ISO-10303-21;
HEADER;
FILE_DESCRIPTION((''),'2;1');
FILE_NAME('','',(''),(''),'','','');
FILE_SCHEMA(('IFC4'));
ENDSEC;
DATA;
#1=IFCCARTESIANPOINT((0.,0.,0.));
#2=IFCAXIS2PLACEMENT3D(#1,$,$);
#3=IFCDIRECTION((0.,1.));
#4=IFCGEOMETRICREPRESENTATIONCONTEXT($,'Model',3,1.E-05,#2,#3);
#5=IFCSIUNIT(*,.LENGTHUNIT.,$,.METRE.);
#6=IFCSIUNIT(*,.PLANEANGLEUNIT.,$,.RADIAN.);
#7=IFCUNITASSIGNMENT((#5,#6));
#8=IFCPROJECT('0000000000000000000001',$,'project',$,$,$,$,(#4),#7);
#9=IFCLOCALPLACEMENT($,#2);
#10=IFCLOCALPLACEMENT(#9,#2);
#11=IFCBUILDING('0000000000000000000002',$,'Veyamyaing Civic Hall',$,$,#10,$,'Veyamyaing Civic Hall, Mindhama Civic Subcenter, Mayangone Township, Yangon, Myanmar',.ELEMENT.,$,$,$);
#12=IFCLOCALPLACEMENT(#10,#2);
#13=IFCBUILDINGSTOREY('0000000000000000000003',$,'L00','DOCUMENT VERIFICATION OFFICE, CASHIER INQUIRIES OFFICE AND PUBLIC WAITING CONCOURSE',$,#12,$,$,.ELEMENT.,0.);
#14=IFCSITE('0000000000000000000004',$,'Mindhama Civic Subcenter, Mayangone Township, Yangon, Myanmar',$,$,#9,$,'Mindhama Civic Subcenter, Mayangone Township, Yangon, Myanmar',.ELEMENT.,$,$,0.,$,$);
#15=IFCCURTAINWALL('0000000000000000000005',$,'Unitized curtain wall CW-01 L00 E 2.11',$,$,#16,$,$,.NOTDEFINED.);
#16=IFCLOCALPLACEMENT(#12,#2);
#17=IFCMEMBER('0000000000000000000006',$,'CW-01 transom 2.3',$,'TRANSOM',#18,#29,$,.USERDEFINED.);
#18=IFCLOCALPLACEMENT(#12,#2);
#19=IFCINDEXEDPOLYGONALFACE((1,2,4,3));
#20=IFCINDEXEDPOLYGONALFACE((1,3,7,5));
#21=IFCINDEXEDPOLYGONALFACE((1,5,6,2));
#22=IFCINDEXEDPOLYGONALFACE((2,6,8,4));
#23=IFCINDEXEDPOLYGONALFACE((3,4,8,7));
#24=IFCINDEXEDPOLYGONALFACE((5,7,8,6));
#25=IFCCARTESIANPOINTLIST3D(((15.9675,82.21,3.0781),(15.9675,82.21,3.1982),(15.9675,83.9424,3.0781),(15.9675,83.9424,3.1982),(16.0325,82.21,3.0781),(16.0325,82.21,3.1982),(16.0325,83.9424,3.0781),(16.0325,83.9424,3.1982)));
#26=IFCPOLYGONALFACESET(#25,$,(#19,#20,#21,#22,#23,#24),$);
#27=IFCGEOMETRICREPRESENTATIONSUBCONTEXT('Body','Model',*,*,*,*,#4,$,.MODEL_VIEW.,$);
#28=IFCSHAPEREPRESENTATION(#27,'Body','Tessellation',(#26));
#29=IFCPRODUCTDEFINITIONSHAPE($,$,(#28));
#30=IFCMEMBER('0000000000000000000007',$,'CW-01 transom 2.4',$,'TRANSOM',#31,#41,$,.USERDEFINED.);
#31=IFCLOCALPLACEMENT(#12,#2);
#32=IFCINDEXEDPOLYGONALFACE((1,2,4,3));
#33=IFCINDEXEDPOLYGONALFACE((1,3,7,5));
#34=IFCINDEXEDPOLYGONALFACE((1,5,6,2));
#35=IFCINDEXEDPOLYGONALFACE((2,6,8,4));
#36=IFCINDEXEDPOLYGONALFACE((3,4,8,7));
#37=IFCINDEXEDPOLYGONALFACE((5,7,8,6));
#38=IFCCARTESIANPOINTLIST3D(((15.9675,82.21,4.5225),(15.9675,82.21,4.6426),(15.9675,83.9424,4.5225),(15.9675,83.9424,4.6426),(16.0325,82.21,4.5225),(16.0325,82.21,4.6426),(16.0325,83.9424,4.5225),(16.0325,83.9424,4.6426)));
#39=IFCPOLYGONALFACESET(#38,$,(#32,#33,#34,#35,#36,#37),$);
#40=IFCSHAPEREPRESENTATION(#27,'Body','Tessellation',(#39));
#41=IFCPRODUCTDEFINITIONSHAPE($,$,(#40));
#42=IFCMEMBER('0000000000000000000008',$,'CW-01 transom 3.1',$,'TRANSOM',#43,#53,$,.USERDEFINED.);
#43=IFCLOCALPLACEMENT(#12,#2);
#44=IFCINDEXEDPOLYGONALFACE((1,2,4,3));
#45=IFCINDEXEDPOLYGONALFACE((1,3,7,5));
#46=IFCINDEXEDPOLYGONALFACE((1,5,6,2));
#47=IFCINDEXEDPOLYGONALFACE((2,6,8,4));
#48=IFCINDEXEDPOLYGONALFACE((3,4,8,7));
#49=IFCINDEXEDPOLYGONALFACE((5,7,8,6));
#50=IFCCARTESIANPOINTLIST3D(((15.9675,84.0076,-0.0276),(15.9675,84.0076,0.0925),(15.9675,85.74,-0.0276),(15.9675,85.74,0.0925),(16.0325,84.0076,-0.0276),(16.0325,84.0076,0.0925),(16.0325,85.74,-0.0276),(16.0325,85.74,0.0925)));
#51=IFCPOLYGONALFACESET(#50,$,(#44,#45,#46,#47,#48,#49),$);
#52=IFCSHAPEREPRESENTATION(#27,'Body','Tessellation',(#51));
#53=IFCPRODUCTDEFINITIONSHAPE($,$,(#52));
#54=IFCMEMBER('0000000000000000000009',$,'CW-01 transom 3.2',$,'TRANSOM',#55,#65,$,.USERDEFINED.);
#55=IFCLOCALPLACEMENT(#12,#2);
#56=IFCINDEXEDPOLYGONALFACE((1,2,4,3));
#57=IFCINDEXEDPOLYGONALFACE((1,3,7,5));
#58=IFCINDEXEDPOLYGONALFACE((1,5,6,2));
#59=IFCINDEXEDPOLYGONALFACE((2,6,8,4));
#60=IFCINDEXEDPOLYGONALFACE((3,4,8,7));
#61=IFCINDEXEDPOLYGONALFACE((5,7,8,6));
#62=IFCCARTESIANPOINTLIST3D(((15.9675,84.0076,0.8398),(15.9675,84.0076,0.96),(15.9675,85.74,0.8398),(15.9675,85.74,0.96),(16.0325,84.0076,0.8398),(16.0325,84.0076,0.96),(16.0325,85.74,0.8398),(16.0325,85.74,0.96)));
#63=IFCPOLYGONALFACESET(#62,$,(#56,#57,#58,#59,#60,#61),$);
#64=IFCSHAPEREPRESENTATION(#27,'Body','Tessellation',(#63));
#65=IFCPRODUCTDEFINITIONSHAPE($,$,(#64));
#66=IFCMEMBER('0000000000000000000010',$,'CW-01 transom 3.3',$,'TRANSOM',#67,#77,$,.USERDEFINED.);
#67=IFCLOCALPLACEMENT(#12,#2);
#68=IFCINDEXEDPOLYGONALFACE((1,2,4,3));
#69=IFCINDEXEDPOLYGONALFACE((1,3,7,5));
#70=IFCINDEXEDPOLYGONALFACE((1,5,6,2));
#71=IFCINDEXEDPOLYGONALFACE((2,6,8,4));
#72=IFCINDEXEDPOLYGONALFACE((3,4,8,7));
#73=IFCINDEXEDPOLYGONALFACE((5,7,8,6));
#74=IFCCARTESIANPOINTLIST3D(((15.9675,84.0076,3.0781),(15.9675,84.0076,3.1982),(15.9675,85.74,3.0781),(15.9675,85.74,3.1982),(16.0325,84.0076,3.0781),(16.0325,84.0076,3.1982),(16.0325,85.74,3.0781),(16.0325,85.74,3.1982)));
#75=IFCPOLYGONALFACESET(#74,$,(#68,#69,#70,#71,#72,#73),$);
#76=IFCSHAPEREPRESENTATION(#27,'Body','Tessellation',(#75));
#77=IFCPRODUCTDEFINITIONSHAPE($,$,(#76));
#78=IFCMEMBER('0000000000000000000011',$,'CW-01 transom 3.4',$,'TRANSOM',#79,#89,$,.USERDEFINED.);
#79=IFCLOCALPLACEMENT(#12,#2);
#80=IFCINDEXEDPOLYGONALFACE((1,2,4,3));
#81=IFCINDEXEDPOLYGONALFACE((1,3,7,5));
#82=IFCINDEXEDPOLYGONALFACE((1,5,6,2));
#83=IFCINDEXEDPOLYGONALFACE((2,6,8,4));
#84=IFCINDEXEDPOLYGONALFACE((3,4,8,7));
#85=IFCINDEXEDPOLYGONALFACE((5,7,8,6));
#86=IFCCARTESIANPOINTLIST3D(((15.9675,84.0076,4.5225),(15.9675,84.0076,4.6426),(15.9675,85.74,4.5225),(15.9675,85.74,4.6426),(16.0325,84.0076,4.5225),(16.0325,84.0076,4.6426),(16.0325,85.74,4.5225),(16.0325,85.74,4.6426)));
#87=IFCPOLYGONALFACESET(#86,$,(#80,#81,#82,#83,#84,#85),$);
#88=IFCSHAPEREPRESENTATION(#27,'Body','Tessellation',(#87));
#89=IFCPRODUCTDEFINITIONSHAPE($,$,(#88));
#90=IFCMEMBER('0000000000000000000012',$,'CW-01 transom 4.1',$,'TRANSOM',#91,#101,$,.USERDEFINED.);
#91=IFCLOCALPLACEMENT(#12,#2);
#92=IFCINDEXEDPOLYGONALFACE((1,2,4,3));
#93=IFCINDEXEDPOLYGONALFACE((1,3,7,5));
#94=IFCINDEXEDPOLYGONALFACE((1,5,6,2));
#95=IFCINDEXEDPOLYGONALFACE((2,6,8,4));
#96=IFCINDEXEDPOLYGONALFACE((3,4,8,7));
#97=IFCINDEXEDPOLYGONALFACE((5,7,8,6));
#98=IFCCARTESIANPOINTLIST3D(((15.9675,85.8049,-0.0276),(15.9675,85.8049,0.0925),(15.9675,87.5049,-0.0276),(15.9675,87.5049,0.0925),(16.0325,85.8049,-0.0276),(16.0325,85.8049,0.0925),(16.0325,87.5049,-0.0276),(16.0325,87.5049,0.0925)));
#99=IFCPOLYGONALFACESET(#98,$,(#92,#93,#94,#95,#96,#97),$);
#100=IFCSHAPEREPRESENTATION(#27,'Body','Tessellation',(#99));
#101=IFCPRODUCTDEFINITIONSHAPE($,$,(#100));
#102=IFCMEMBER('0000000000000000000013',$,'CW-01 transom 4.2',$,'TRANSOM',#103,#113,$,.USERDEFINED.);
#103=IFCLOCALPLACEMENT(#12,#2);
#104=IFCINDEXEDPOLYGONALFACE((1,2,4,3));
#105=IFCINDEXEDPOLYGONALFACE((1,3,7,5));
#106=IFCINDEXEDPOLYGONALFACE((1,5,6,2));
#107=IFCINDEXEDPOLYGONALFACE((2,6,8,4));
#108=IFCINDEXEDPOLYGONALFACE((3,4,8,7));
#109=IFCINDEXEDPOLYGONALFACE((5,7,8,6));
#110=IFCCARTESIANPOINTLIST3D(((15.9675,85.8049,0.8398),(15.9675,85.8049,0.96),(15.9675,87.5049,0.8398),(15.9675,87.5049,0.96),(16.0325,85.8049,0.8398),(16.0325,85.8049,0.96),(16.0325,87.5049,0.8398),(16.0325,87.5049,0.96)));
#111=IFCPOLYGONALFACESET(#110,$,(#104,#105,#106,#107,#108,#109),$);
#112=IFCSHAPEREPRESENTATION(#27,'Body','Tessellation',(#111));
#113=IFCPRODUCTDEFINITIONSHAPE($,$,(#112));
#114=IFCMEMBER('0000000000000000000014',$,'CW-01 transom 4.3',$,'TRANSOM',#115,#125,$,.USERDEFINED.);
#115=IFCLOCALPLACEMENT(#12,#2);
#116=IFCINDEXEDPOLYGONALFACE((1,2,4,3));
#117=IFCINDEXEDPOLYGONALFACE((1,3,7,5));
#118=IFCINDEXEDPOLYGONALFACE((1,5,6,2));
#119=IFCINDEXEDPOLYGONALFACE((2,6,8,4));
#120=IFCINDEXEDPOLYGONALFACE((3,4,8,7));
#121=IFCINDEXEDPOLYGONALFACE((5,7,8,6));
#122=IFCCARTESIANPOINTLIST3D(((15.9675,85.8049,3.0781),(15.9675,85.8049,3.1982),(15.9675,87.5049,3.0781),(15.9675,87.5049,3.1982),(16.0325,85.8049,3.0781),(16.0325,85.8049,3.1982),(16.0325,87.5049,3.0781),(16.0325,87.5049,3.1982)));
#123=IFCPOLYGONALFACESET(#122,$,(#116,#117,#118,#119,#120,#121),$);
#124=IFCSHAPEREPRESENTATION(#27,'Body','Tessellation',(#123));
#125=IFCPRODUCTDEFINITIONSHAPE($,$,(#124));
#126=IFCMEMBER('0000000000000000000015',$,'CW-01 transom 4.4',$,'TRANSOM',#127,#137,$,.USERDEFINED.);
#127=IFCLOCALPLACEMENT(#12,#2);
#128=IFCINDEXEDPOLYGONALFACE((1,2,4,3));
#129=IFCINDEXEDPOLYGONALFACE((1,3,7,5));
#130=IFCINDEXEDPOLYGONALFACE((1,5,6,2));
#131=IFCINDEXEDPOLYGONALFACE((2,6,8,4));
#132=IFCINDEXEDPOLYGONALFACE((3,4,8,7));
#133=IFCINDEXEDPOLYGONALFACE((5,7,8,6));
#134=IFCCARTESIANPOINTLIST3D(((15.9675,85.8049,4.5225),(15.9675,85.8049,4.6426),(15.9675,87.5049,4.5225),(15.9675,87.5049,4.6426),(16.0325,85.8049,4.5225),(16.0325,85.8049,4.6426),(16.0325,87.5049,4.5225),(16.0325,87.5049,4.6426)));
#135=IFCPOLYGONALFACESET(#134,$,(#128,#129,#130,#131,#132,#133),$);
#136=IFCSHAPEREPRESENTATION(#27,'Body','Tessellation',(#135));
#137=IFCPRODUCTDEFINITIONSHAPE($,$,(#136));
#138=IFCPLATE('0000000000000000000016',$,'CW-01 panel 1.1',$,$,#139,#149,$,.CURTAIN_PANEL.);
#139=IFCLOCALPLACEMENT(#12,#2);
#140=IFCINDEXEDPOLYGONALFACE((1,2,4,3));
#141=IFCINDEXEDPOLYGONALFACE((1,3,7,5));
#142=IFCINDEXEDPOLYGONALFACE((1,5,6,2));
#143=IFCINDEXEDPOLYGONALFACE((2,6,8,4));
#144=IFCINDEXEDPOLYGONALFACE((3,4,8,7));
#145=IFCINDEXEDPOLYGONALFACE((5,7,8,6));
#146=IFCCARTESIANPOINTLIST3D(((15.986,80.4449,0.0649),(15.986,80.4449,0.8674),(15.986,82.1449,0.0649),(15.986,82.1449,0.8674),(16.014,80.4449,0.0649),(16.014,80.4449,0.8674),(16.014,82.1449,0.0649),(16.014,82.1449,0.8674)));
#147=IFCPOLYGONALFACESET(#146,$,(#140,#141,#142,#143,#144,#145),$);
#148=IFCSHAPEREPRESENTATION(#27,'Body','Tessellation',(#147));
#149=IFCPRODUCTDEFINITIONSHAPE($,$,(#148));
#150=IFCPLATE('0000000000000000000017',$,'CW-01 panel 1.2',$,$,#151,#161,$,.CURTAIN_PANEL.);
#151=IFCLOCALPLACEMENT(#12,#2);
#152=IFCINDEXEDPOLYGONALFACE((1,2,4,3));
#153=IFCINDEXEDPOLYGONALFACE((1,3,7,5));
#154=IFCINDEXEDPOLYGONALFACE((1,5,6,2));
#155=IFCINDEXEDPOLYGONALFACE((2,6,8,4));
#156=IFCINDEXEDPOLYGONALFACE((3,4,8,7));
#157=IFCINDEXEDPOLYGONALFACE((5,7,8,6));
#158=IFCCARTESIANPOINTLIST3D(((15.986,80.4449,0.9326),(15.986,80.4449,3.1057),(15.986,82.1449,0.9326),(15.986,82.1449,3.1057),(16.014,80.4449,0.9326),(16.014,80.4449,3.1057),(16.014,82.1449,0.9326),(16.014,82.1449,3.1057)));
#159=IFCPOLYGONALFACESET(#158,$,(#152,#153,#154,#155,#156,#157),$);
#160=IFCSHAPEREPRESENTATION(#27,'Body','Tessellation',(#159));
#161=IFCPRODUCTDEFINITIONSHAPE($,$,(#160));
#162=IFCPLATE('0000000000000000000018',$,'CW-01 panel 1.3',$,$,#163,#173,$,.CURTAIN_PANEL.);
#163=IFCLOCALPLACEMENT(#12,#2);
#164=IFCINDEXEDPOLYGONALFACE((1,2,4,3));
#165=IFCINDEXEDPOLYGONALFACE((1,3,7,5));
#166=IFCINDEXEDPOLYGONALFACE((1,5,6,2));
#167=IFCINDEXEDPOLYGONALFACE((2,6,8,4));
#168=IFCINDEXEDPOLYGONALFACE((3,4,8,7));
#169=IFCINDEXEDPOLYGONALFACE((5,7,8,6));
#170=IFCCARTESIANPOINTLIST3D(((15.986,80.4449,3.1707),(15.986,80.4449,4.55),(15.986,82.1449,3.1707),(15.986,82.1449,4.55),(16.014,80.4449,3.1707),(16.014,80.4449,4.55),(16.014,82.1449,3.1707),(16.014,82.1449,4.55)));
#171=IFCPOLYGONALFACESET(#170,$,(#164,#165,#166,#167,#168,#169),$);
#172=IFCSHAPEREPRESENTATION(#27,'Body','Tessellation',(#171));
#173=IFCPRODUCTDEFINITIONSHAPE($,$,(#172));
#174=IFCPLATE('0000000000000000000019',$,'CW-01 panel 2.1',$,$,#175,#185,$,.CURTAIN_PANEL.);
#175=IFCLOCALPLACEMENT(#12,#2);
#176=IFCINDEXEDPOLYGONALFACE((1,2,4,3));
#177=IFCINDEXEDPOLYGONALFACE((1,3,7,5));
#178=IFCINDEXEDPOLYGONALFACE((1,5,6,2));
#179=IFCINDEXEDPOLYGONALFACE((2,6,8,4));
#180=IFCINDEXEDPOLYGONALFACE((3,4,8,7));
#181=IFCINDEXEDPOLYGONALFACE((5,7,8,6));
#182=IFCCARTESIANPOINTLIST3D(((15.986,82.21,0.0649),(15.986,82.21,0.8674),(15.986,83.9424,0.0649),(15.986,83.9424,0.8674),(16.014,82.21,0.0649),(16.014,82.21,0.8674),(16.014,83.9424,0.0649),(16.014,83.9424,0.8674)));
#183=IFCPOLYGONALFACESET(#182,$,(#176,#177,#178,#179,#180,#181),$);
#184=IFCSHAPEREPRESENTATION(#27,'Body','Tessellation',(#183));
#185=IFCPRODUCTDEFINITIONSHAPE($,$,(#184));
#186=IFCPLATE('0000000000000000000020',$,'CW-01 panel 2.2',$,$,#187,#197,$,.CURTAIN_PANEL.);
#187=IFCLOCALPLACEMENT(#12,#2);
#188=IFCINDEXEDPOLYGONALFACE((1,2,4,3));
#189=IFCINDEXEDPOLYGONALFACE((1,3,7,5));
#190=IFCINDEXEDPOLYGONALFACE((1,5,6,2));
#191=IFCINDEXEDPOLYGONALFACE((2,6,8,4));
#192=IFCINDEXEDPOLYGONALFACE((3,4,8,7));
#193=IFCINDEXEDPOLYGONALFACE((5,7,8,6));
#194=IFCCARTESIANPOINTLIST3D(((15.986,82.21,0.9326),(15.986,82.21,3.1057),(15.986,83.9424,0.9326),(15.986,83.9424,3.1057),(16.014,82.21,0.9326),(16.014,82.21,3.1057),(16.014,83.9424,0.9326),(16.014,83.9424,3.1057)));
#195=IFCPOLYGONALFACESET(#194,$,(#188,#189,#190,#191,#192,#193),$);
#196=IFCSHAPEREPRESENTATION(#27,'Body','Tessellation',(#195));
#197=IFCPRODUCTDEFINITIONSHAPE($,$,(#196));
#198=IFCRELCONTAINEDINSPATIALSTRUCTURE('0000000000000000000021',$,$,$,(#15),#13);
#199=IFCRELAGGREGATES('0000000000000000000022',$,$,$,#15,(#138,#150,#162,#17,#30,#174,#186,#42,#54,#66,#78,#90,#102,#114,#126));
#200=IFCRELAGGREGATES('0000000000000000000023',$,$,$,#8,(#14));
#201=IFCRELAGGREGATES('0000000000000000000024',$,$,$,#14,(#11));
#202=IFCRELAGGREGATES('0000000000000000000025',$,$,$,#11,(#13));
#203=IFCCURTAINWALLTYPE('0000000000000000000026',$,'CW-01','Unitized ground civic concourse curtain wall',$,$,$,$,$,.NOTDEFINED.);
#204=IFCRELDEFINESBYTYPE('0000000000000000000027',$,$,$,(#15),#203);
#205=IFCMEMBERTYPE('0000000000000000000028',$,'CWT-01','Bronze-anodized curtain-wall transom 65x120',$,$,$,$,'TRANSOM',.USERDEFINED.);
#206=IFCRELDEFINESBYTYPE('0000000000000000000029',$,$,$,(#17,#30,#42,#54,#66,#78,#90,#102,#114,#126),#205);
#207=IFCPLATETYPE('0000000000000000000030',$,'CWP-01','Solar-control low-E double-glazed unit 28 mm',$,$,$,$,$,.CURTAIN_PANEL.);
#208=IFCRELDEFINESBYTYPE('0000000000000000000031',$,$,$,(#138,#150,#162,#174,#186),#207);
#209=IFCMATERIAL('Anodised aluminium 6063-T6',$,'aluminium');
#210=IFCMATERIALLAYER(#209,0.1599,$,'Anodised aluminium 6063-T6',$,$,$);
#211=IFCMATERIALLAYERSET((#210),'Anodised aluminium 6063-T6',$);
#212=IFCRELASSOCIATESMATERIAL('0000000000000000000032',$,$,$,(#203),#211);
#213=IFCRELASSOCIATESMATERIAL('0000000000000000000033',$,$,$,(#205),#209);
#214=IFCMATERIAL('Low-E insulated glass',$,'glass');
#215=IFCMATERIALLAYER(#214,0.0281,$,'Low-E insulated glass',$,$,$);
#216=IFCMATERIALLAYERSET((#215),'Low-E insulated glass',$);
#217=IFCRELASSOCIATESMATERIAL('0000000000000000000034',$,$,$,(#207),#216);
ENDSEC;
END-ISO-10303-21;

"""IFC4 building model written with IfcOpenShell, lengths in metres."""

from ifc_helpers import new_model, si_unit, direction, frame, origin, origin_2d, place, context, subcontext, project, spatial, rectangle, extrude, material, layer, layer_set, material_profile, profile_set, type_object, element, aggregate, save


model = new_model("IFC4")

# Units and contexts
model_context = context("Model", 3, precision=1e-05, world=origin(), true_north=direction((0.0, 1.0)))
body_context = subcontext(model_context, "Body", "Model", "MODEL_VIEW")
ifc_project = project(units=[si_unit("LENGTHUNIT", "METRE"), si_unit("PLANEANGLEUNIT", "RADIAN")], contexts=[model_context])

# Site, building, storey
site_placement = place(None, origin())
site = spatial("IfcSite", under=ifc_project, at=site_placement, Name="Mindhama Civic Subcenter, Mayangone Township, Yangon, Myanmar", LongName="Mindhama Civic Subcenter, Mayangone Township, Yangon, Myanmar", CompositionType="ELEMENT", RefElevation=0.0)
building_placement = place(site_placement, origin())
building = spatial("IfcBuilding", under=site, at=building_placement, Name="Veyamyaing Civic Hall", LongName="Veyamyaing Civic Hall, Mindhama Civic Subcenter, Mayangone Township, Yangon, Myanmar", CompositionType="ELEMENT")
storey_placement = place(building_placement, origin())
storey = spatial("IfcBuildingStorey", under=building, at=storey_placement, Name="L00", Description="DOCUMENT VERIFICATION OFFICE, CASHIER INQUIRIES OFFICE AND PUBLIC WAITING CONCOURSE", CompositionType="ELEMENT", Elevation=0.0)

# Curtain wall, members, plates
ifc_material_1 = material(Name="Anodised aluminium 6063-T6", Category="aluminium")
ifc_layer_1 = layer(ifc_material_1, 0.1599, Name="Anodised aluminium 6063-T6")
ifc_layer_set_1 = layer_set([ifc_layer_1], Name="Anodised aluminium 6063-T6")
curtain_wall_type = type_object("IfcCurtainWallType", Name="CW-01", Description="Unitized ground civic concourse curtain wall", PredefinedType="NOTDEFINED", material=ifc_layer_set_1)
curtain_wall_placement = place(storey_placement, origin())
curtain_wall = element("IfcCurtainWall", 1, at=curtain_wall_placement, inside=storey, type_object=curtain_wall_type, Name="Unitized curtain wall CW-01 L00 E 2.11", PredefinedType="NOTDEFINED")
ifc_material_profile_1 = material_profile(ifc_material_1, rectangle(XDim=0.0649, YDim=0.1201, at=origin_2d()), Name="ALU-TRN-65X120")
ifc_profile_set_1 = profile_set([ifc_material_profile_1], Name="Anodised aluminium 6063-T6")
member_type_1 = type_object("IfcMemberType", Name="CWT-01", Description="Bronze-anodized curtain-wall transom 65x120", ElementType="TRANSOM", PredefinedType="USERDEFINED", material=ifc_profile_set_1)
member_1_placement = place(storey_placement, frame((16.0, 82.21, 3.1382), z_axis=(0.0, 1.0, 0.0), x_axis=(-1.0, 0.0, 0.0)))
member_1 = element("IfcMember", 2, at=member_1_placement, type_object=member_type_1, Name="CW-01 transom 2.3", ObjectType="TRANSOM", PredefinedType="USERDEFINED", context=body_context, shape_type="SweptSolid", body=[
    extrude(rectangle(XDim=0.0649, YDim=0.1201, at=origin_2d()), origin(), (0.0, 0.0, 1.0), 1.7324),
])
member_2_placement = place(storey_placement, frame((16.0, 82.21, 4.5825), z_axis=(0.0, 1.0, 0.0), x_axis=(-1.0, 0.0, 0.0)))
member_2 = element("IfcMember", 3, at=member_2_placement, type_object=member_type_1, Name="CW-01 transom 2.4", ObjectType="TRANSOM", PredefinedType="USERDEFINED", context=body_context, shape_type="SweptSolid", body=[
    extrude(rectangle(XDim=0.0649, YDim=0.1201, at=origin_2d()), origin(), (0.0, 0.0, 1.0), 1.7324),
])
member_3_placement = place(storey_placement, frame((16.0, 84.0076, 0.0325), z_axis=(0.0, 1.0, 0.0), x_axis=(-1.0, 0.0, 0.0)))
member_3 = element("IfcMember", 4, at=member_3_placement, type_object=member_type_1, Name="CW-01 transom 3.1", ObjectType="TRANSOM", PredefinedType="USERDEFINED", context=body_context, shape_type="SweptSolid", body=[
    extrude(rectangle(XDim=0.0649, YDim=0.1201, at=origin_2d()), origin(), (0.0, 0.0, 1.0), 1.7324),
])
member_4_placement = place(storey_placement, frame((16.0, 84.0076, 0.8999), z_axis=(0.0, 1.0, 0.0), x_axis=(-1.0, 0.0, 0.0)))
member_4 = element("IfcMember", 5, at=member_4_placement, type_object=member_type_1, Name="CW-01 transom 3.2", ObjectType="TRANSOM", PredefinedType="USERDEFINED", context=body_context, shape_type="SweptSolid", body=[
    extrude(rectangle(XDim=0.0649, YDim=0.1201, at=origin_2d()), origin(), (0.0, 0.0, 1.0), 1.7324),
])
member_5_placement = place(storey_placement, frame((16.0, 84.0076, 3.1382), z_axis=(0.0, 1.0, 0.0), x_axis=(-1.0, 0.0, 0.0)))
member_5 = element("IfcMember", 6, at=member_5_placement, type_object=member_type_1, Name="CW-01 transom 3.3", ObjectType="TRANSOM", PredefinedType="USERDEFINED", context=body_context, shape_type="SweptSolid", body=[
    extrude(rectangle(XDim=0.0649, YDim=0.1201, at=origin_2d()), origin(), (0.0, 0.0, 1.0), 1.7324),
])
member_6_placement = place(storey_placement, frame((16.0, 84.0076, 4.5825), z_axis=(0.0, 1.0, 0.0), x_axis=(-1.0, 0.0, 0.0)))
member_6 = element("IfcMember", 7, at=member_6_placement, type_object=member_type_1, Name="CW-01 transom 3.4", ObjectType="TRANSOM", PredefinedType="USERDEFINED", context=body_context, shape_type="SweptSolid", body=[
    extrude(rectangle(XDim=0.0649, YDim=0.1201, at=origin_2d()), origin(), (0.0, 0.0, 1.0), 1.7324),
])
member_7_placement = place(storey_placement, frame((16.0, 85.8049, 0.0325), z_axis=(0.0, 1.0, 0.0), x_axis=(-1.0, 0.0, 0.0)))
member_7 = element("IfcMember", 8, at=member_7_placement, type_object=member_type_1, Name="CW-01 transom 4.1", ObjectType="TRANSOM", PredefinedType="USERDEFINED", context=body_context, shape_type="SweptSolid", body=[
    extrude(rectangle(XDim=0.0649, YDim=0.1201, at=origin_2d()), origin(), (0.0, 0.0, 1.0), 1.7),
])
member_8_placement = place(storey_placement, frame((16.0, 85.8049, 0.8999), z_axis=(0.0, 1.0, 0.0), x_axis=(-1.0, 0.0, 0.0)))
member_8 = element("IfcMember", 9, at=member_8_placement, type_object=member_type_1, Name="CW-01 transom 4.2", ObjectType="TRANSOM", PredefinedType="USERDEFINED", context=body_context, shape_type="SweptSolid", body=[
    extrude(rectangle(XDim=0.0649, YDim=0.1201, at=origin_2d()), origin(), (0.0, 0.0, 1.0), 1.7),
])
member_9_placement = place(storey_placement, frame((16.0, 85.8049, 3.1382), z_axis=(0.0, 1.0, 0.0), x_axis=(-1.0, 0.0, 0.0)))
member_9 = element("IfcMember", 10, at=member_9_placement, type_object=member_type_1, Name="CW-01 transom 4.3", ObjectType="TRANSOM", PredefinedType="USERDEFINED", context=body_context, shape_type="SweptSolid", body=[
    extrude(rectangle(XDim=0.0649, YDim=0.1201, at=origin_2d()), origin(), (0.0, 0.0, 1.0), 1.7),
])
member_10_placement = place(storey_placement, frame((16.0, 85.8049, 4.5825), z_axis=(0.0, 1.0, 0.0), x_axis=(-1.0, 0.0, 0.0)))
member_10 = element("IfcMember", 11, at=member_10_placement, type_object=member_type_1, Name="CW-01 transom 4.4", ObjectType="TRANSOM", PredefinedType="USERDEFINED", context=body_context, shape_type="SweptSolid", body=[
    extrude(rectangle(XDim=0.0649, YDim=0.1201, at=origin_2d()), origin(), (0.0, 0.0, 1.0), 1.7),
])
ifc_material_2 = material(Name="Low-E insulated glass", Category="glass")
ifc_layer_2 = layer(ifc_material_2, 0.0281, Name="Low-E insulated glass")
ifc_layer_set_2 = layer_set([ifc_layer_2], Name="Low-E insulated glass")
plate_type = type_object("IfcPlateType", Name="CWP-01", Description="Solar-control low-E double-glazed unit 28 mm", PredefinedType="CURTAIN_PANEL", material=ifc_layer_set_2)
plate_1_placement = place(storey_placement, frame((16.0, 81.2949, 0.0649), z_axis=(0.0, 0.0, 1.0), x_axis=(0.0, 1.0, 0.0)))
plate_1 = element("IfcPlate", 12, at=plate_1_placement, type_object=plate_type, Name="CW-01 panel 1.1", PredefinedType="CURTAIN_PANEL", context=body_context, shape_type="SweptSolid", body=[
    extrude(rectangle(XDim=1.7, YDim=0.0281, at=origin_2d()), origin(), (0.0, 0.0, 1.0), 0.8025),
])
plate_2_placement = place(storey_placement, frame((16.0, 81.2949, 0.9326), z_axis=(0.0, 0.0, 1.0), x_axis=(0.0, 1.0, 0.0)))
plate_2 = element("IfcPlate", 13, at=plate_2_placement, type_object=plate_type, Name="CW-01 panel 1.2", PredefinedType="CURTAIN_PANEL", context=body_context, shape_type="SweptSolid", body=[
    extrude(rectangle(XDim=1.7, YDim=0.0281, at=origin_2d()), origin(), (0.0, 0.0, 1.0), 2.1731),
])
plate_3_placement = place(storey_placement, frame((16.0, 81.2949, 3.1707), z_axis=(0.0, 0.0, 1.0), x_axis=(0.0, 1.0, 0.0)))
plate_3 = element("IfcPlate", 14, at=plate_3_placement, type_object=plate_type, Name="CW-01 panel 1.3", PredefinedType="CURTAIN_PANEL", context=body_context, shape_type="SweptSolid", body=[
    extrude(rectangle(XDim=1.7, YDim=0.0281, at=origin_2d()), origin(), (0.0, 0.0, 1.0), 1.3794),
])
plate_4_placement = place(storey_placement, frame((16.0, 83.0762, 0.0649), z_axis=(0.0, 0.0, 1.0), x_axis=(0.0, 1.0, 0.0)))
plate_4 = element("IfcPlate", 15, at=plate_4_placement, type_object=plate_type, Name="CW-01 panel 2.1", PredefinedType="CURTAIN_PANEL", context=body_context, shape_type="SweptSolid", body=[
    extrude(rectangle(XDim=1.7324, YDim=0.0281, at=origin_2d()), origin(), (0.0, 0.0, 1.0), 0.8025),
])
plate_5_placement = place(storey_placement, frame((16.0, 83.0762, 0.9326), z_axis=(0.0, 0.0, 1.0), x_axis=(0.0, 1.0, 0.0)))
plate_5 = element("IfcPlate", 16, at=plate_5_placement, type_object=plate_type, Name="CW-01 panel 2.2", PredefinedType="CURTAIN_PANEL", context=body_context, shape_type="SweptSolid", body=[
    extrude(rectangle(XDim=1.7324, YDim=0.0281, at=origin_2d()), origin(), (0.0, 0.0, 1.0), 2.1731),
])
aggregate(curtain_wall, [plate_1, plate_2, plate_3, member_1, member_2, plate_4, plate_5, member_3, member_4, member_5, member_6, member_7, member_8, member_9, member_10])

save(model, "model.ifc")
